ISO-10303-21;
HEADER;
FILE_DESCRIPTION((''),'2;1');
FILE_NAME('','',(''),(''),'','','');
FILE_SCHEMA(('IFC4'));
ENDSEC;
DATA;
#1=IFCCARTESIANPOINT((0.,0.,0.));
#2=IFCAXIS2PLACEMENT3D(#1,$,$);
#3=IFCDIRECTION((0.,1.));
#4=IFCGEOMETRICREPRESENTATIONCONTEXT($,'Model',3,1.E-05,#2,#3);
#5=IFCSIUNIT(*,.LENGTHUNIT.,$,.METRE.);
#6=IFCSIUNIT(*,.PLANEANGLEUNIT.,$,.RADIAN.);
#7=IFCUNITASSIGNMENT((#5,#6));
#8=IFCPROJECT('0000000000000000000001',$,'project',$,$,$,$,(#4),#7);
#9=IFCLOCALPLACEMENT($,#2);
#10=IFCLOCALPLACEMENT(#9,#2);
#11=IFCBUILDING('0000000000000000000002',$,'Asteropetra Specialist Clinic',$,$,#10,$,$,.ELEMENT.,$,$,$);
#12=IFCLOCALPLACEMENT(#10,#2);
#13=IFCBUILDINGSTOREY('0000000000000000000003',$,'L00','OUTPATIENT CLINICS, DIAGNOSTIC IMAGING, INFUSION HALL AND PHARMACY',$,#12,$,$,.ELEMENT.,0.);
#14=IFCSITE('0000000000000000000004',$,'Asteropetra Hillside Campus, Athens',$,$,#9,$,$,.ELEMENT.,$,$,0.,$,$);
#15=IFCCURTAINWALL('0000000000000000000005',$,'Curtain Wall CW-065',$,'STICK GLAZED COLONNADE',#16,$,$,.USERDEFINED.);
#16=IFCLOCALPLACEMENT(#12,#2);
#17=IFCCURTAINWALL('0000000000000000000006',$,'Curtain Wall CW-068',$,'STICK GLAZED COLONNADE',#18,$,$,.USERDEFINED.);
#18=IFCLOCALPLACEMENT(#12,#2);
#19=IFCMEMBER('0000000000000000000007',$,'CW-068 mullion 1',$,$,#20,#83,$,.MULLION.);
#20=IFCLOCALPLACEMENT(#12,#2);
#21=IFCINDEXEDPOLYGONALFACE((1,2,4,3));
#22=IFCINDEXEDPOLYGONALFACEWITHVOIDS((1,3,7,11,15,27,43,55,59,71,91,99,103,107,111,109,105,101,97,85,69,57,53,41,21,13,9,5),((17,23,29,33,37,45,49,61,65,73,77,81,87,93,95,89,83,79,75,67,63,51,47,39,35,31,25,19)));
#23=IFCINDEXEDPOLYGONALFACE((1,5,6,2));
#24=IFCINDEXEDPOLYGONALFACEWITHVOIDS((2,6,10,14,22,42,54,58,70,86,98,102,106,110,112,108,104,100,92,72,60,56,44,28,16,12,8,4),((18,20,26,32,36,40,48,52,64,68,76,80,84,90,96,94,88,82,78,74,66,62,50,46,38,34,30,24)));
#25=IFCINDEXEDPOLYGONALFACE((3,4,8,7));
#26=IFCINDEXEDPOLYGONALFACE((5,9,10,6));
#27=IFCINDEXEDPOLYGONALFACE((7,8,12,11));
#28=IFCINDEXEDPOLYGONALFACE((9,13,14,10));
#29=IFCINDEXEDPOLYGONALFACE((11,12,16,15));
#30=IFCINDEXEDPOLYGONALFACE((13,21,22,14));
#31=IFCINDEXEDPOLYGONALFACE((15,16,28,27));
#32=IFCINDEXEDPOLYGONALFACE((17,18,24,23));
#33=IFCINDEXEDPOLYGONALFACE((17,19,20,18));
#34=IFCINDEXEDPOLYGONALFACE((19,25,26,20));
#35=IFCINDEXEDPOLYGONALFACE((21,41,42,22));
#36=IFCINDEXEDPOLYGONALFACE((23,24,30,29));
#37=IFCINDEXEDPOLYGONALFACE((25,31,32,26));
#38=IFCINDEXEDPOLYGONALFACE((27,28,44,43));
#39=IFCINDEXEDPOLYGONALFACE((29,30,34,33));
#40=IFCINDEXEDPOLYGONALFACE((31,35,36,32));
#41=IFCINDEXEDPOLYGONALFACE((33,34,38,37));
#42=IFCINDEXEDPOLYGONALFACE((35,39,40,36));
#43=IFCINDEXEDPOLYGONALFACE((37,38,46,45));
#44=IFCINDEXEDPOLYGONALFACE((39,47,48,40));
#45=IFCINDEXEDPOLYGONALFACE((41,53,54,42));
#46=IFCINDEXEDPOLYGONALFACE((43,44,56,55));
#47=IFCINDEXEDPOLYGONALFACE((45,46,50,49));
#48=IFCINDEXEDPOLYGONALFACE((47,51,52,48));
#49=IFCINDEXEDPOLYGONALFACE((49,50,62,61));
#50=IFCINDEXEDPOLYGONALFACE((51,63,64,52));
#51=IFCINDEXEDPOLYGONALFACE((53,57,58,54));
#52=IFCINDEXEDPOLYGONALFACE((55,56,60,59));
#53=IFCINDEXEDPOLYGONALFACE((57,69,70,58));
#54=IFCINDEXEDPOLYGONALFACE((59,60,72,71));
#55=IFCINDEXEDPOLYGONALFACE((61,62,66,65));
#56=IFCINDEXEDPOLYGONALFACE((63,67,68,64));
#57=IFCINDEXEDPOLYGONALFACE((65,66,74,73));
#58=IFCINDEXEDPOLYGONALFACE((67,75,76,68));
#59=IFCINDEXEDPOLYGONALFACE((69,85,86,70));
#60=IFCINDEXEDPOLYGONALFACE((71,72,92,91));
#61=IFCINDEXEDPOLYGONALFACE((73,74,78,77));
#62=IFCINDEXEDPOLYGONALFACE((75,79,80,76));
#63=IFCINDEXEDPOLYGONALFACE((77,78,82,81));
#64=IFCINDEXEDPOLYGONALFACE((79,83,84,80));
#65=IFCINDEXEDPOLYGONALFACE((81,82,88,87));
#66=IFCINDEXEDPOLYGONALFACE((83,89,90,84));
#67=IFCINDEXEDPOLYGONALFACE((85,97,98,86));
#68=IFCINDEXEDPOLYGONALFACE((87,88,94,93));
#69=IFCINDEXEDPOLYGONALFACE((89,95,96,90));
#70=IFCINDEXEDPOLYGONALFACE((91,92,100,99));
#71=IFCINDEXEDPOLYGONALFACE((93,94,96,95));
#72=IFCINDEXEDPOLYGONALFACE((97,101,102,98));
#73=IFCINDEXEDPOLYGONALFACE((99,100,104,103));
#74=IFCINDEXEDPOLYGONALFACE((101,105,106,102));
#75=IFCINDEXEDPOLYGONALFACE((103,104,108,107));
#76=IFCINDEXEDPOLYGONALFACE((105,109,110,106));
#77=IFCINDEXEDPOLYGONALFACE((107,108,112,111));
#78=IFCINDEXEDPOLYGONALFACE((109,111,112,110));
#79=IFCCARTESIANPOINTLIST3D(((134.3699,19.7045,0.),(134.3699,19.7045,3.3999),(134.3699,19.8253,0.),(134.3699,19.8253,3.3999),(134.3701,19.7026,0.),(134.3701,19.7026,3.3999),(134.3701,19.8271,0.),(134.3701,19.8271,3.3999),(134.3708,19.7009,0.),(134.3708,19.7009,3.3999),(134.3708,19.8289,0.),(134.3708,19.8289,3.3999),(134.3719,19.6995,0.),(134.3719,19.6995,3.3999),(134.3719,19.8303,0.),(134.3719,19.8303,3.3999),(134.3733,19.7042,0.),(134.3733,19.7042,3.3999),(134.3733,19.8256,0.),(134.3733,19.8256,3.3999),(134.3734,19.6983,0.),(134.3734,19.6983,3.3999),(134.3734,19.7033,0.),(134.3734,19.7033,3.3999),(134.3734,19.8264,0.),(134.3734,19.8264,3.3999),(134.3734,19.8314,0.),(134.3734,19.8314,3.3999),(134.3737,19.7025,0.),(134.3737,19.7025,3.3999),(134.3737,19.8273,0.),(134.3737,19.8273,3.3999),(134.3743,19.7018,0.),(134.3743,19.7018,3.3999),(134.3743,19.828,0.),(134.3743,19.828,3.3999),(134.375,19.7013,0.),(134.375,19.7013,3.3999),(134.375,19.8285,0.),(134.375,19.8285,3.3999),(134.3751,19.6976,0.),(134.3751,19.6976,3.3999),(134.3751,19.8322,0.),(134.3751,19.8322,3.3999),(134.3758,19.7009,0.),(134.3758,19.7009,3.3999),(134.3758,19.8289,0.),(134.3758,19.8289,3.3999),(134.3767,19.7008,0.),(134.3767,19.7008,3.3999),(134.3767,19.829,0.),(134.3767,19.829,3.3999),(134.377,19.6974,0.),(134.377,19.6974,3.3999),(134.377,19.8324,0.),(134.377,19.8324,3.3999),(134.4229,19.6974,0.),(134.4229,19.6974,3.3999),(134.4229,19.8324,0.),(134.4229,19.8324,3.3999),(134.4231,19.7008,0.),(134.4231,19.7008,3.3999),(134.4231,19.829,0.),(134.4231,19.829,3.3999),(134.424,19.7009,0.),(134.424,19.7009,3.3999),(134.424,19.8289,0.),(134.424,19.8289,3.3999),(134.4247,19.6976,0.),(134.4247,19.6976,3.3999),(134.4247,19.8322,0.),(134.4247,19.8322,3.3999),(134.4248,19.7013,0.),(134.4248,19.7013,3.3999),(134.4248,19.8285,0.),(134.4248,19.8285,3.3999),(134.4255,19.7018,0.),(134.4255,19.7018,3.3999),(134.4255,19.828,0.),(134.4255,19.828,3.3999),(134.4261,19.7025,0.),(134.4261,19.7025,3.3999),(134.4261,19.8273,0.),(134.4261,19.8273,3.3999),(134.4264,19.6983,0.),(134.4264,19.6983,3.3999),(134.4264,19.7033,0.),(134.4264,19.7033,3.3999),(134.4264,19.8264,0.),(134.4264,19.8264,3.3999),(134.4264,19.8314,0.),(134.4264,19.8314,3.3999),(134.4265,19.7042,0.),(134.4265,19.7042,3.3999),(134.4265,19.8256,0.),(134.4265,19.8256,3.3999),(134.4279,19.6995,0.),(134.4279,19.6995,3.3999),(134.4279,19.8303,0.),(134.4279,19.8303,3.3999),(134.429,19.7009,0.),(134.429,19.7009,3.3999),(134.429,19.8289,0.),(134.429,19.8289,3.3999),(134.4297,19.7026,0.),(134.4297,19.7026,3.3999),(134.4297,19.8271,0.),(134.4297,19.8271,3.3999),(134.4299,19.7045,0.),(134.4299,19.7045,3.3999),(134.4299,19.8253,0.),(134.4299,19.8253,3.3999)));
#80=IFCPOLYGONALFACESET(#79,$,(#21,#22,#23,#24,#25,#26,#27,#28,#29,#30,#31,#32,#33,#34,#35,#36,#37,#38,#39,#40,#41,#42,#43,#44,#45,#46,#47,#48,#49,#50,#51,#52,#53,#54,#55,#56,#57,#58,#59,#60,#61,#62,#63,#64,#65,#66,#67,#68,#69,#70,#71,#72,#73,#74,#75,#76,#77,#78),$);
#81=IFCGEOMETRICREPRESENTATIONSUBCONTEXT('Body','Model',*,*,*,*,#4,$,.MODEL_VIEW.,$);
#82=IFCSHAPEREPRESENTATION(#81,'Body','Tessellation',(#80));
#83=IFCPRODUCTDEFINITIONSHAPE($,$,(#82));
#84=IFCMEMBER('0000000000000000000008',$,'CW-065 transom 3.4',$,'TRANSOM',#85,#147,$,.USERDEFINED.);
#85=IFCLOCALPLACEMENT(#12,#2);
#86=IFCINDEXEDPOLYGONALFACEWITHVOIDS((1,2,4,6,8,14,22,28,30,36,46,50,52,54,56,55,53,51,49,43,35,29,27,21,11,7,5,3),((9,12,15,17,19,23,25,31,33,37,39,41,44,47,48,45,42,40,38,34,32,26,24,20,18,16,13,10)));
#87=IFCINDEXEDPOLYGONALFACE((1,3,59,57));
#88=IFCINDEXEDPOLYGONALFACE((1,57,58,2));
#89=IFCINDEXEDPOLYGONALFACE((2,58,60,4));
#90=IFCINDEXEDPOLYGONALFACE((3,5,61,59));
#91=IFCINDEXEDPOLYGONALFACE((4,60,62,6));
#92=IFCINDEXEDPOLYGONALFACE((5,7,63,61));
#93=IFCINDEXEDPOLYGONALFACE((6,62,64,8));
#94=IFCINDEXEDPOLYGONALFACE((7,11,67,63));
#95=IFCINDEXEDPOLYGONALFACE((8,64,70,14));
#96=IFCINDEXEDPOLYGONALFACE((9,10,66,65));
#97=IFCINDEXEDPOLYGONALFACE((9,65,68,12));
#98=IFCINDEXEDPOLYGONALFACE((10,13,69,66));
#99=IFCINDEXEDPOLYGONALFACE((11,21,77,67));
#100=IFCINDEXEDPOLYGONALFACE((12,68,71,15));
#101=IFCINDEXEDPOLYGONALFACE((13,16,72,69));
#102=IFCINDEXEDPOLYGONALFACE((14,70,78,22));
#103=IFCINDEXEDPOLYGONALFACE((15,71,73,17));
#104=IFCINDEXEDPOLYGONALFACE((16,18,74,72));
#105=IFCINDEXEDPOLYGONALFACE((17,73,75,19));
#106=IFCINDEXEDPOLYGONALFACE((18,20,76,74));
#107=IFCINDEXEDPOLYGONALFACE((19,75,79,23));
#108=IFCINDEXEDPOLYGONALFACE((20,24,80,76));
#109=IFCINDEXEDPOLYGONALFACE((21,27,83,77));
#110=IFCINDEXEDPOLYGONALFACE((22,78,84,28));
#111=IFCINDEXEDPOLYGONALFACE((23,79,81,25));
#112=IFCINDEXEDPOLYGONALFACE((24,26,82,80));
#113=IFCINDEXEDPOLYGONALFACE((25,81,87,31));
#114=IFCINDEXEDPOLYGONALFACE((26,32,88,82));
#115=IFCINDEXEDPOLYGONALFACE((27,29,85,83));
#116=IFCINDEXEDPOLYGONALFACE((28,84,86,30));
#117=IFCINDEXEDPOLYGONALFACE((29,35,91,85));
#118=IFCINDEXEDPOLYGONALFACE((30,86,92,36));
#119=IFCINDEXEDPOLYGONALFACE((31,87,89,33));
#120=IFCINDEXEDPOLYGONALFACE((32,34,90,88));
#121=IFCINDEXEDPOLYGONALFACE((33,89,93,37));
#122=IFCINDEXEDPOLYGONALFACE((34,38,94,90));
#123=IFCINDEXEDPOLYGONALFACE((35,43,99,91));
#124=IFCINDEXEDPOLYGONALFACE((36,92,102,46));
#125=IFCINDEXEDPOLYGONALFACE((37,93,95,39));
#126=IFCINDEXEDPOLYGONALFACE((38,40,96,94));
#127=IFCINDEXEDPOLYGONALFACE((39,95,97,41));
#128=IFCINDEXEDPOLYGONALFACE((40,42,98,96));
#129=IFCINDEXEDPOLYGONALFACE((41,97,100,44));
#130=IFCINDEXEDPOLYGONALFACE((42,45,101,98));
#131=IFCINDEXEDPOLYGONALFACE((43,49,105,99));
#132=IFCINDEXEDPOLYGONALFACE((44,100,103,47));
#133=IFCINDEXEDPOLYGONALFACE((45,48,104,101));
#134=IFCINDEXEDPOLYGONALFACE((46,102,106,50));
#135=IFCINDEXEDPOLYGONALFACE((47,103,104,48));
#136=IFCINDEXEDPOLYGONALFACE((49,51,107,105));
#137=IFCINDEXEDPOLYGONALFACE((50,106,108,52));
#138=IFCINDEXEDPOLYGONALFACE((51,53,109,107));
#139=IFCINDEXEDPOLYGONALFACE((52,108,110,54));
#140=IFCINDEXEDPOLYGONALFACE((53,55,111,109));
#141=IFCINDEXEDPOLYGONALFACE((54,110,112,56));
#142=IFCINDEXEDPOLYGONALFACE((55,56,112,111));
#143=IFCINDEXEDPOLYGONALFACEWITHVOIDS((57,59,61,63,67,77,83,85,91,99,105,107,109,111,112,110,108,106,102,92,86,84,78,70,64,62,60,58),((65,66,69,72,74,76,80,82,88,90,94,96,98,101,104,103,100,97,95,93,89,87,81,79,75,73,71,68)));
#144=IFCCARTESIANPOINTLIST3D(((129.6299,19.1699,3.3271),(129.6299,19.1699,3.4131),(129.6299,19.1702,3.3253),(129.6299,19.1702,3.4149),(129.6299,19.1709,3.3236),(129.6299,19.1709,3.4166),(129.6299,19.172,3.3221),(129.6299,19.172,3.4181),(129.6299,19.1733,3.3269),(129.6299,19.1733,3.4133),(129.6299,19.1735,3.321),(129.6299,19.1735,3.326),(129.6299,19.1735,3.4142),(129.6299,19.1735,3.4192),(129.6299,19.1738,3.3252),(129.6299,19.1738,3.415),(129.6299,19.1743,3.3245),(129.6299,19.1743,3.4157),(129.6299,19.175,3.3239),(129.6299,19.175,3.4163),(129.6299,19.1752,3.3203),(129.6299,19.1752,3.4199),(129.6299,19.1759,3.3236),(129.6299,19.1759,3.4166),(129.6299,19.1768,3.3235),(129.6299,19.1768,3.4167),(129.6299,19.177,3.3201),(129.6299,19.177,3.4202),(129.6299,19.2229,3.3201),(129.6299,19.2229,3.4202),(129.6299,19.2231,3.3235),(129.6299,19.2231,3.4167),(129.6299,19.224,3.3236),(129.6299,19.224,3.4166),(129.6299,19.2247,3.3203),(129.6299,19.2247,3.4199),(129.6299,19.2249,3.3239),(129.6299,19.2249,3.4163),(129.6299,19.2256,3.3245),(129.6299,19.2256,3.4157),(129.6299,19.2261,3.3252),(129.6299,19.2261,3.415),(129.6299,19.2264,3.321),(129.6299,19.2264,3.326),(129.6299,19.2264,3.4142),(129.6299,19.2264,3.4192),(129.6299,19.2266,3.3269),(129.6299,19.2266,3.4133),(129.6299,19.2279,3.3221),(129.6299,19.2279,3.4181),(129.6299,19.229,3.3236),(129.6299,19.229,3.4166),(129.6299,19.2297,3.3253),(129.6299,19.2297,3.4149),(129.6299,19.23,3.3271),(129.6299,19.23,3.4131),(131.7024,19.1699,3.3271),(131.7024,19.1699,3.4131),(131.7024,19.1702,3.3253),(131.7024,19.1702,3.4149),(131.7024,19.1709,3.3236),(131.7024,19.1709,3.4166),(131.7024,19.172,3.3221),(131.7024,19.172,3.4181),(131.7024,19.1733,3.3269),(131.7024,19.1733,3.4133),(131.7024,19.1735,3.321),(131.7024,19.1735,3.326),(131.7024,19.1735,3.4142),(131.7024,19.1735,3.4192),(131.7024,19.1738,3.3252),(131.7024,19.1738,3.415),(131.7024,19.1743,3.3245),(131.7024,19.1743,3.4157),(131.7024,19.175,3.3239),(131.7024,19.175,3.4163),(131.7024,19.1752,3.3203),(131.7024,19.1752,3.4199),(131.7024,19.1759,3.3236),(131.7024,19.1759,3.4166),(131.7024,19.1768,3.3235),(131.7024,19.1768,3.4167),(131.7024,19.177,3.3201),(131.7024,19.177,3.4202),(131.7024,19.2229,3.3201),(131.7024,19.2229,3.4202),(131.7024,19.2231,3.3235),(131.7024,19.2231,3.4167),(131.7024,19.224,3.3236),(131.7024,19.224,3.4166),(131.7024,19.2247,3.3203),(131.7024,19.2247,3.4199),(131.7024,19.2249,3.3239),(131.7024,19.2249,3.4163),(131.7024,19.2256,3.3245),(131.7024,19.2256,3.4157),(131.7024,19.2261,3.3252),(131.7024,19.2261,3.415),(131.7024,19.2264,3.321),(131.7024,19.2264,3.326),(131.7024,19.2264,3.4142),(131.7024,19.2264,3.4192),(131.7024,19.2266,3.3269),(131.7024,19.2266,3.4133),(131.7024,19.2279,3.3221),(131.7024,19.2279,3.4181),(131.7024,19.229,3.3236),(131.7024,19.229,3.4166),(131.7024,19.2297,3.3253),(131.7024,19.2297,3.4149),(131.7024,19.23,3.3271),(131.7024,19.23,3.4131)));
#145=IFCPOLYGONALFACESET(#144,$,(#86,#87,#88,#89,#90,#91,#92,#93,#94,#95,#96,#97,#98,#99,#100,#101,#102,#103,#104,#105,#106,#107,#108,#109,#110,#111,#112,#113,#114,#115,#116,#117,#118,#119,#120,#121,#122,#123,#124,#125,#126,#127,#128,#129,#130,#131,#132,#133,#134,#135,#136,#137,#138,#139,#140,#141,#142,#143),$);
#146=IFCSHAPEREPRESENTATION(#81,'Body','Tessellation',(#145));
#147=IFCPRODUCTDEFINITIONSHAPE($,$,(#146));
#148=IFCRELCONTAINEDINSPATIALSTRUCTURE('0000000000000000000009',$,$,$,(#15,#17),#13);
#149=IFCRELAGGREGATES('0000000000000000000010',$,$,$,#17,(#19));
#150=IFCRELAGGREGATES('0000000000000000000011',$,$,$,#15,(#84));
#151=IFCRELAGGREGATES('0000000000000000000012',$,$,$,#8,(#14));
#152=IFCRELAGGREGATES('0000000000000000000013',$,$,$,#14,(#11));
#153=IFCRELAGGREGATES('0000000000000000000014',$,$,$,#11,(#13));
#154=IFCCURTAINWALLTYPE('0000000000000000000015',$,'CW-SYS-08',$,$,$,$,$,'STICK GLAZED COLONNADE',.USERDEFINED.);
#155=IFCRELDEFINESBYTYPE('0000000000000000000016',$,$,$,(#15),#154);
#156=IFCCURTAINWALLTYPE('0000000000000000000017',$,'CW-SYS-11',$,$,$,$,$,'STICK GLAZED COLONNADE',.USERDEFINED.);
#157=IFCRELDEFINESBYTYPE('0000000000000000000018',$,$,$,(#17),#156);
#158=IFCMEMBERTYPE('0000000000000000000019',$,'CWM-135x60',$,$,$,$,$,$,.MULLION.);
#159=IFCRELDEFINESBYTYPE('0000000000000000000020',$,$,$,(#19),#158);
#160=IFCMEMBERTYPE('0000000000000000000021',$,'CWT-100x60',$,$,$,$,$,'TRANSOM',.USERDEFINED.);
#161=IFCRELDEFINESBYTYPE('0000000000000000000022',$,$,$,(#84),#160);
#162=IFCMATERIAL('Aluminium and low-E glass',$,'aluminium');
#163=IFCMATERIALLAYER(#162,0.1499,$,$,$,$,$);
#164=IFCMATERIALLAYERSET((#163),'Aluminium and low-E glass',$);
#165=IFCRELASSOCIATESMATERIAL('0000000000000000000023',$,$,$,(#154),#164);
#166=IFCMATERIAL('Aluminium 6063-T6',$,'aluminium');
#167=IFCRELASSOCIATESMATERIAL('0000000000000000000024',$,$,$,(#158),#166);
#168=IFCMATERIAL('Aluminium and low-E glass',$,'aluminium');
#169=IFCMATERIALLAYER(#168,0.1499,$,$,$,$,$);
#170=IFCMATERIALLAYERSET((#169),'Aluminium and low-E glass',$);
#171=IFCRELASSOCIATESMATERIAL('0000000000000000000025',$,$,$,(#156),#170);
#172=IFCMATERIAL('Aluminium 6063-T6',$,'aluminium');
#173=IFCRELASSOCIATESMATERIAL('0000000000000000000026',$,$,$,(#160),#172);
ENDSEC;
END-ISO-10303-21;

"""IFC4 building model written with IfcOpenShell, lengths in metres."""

from ifc_helpers import new_model, si_unit, direction, frame, origin, origin_2d, place, context, subcontext, project, spatial, hollow_rectangle, extrude, material, layer, layer_set, material_profile, profile_set, type_object, element, aggregate, save


model = new_model("IFC4")

# Units and contexts
model_context = context("Model", 3, precision=1e-05, world=origin(), true_north=direction((0.0, 1.0)))
body_context = subcontext(model_context, "Body", "Model", "MODEL_VIEW")
ifc_project = project(units=[si_unit("LENGTHUNIT", "METRE"), si_unit("PLANEANGLEUNIT", "RADIAN")], contexts=[model_context])

# Site, building, storey
site_placement = place(None, origin())
site = spatial("IfcSite", under=ifc_project, at=site_placement, Name="Asteropetra Hillside Campus, Athens", CompositionType="ELEMENT", RefElevation=0.0)
building_placement = place(site_placement, origin())
building = spatial("IfcBuilding", under=site, at=building_placement, Name="Asteropetra Specialist Clinic", CompositionType="ELEMENT")
storey_placement = place(building_placement, origin())
storey = spatial("IfcBuildingStorey", under=building, at=storey_placement, Name="L00", Description="OUTPATIENT CLINICS, DIAGNOSTIC IMAGING, INFUSION HALL AND PHARMACY", CompositionType="ELEMENT", Elevation=0.0)

# Curtain wall
ifc_material_1 = material(Name="Aluminium and low-E glass", Category="aluminium")
ifc_layer_1 = layer(ifc_material_1, 0.1499)
ifc_layer_set_1 = layer_set([ifc_layer_1], Name="Aluminium and low-E glass")
curtain_wall_type_1 = type_object("IfcCurtainWallType", Name="CW-SYS-08", ElementType="STICK GLAZED COLONNADE", PredefinedType="USERDEFINED", material=ifc_layer_set_1)
curtain_wall_1_placement = place(storey_placement, origin())
curtain_wall_1 = element("IfcCurtainWall", 1, at=curtain_wall_1_placement, inside=storey, type_object=curtain_wall_type_1, Name="Curtain Wall CW-065", ObjectType="STICK GLAZED COLONNADE", PredefinedType="USERDEFINED")
ifc_material_2 = material(Name="Aluminium 6063-T6", Category="aluminium")
ifc_material_profile_1 = material_profile(ifc_material_2, hollow_rectangle(XDim=0.0601, YDim=0.135, WallThickness=0.0034, InnerFilletRadius=0.0034, OuterFilletRadius=0.0071, at=origin_2d()), Name="MUL 135x60x3.5")
ifc_profile_set_1 = profile_set([ifc_material_profile_1], Name="Aluminium 6063-T6")
member_type_1 = type_object("IfcMemberType", Name="CWM-135x60", PredefinedType="MULLION", material=ifc_profile_set_1)

# Curtain wall, member
ifc_material_3 = material(Name="Aluminium and low-E glass", Category="aluminium")
ifc_layer_2 = layer(ifc_material_3, 0.1499)
ifc_layer_set_2 = layer_set([ifc_layer_2], Name="Aluminium and low-E glass")
curtain_wall_type_2 = type_object("IfcCurtainWallType", Name="CW-SYS-11", ElementType="STICK GLAZED COLONNADE", PredefinedType="USERDEFINED", material=ifc_layer_set_2)
curtain_wall_2_placement = place(storey_placement, origin())
curtain_wall_2 = element("IfcCurtainWall", 2, at=curtain_wall_2_placement, inside=storey, type_object=curtain_wall_type_2, Name="Curtain Wall CW-068", ObjectType="STICK GLAZED COLONNADE", PredefinedType="USERDEFINED")
member_1_placement = place(storey_placement, frame((134.3999, 19.7649, 0.0), z_axis=(0.0, 0.0, 1.0), x_axis=(-1.0, 0.0, 0.0)))
member_1 = element("IfcMember", 3, at=member_1_placement, type_object=member_type_1, Name="CW-068 mullion 1", PredefinedType="MULLION", context=body_context, shape_type="SweptSolid", body=[
    extrude(hollow_rectangle(XDim=0.0601, YDim=0.135, WallThickness=0.0034, InnerFilletRadius=0.0034, OuterFilletRadius=0.0071, at=origin_2d()), origin(), (0.0, 0.0, 1.0), 3.3999),
])

# Member
ifc_material_4 = material(Name="Aluminium 6063-T6", Category="aluminium")
ifc_material_profile_2 = material_profile(ifc_material_4, hollow_rectangle(XDim=0.0601, YDim=0.1001, WallThickness=0.0034, InnerFilletRadius=0.0034, OuterFilletRadius=0.0071, at=origin_2d()), Name="TRN 100x60x3.5")
ifc_profile_set_2 = profile_set([ifc_material_profile_2], Name="Aluminium 6063-T6")
member_type_2 = type_object("IfcMemberType", Name="CWT-100x60", ElementType="TRANSOM", PredefinedType="USERDEFINED", material=ifc_profile_set_2)
member_2_placement = place(storey_placement, frame((129.6299, 19.2, 3.3701), z_axis=(1.0, 0.0, 0.0), x_axis=(0.0, 1.0, 0.0)))
member_2 = element("IfcMember", 4, at=member_2_placement, type_object=member_type_2, Name="CW-065 transom 3.4", ObjectType="TRANSOM", PredefinedType="USERDEFINED", context=body_context, shape_type="SweptSolid", body=[
    extrude(hollow_rectangle(XDim=0.0601, YDim=0.1001, WallThickness=0.0034, InnerFilletRadius=0.0034, OuterFilletRadius=0.0071, at=origin_2d()), origin(), (0.0, 0.0, 1.0), 2.0725),
])
aggregate(curtain_wall_2, [member_1])

aggregate(curtain_wall_1, [member_2])

save(model, "model.ifc")
